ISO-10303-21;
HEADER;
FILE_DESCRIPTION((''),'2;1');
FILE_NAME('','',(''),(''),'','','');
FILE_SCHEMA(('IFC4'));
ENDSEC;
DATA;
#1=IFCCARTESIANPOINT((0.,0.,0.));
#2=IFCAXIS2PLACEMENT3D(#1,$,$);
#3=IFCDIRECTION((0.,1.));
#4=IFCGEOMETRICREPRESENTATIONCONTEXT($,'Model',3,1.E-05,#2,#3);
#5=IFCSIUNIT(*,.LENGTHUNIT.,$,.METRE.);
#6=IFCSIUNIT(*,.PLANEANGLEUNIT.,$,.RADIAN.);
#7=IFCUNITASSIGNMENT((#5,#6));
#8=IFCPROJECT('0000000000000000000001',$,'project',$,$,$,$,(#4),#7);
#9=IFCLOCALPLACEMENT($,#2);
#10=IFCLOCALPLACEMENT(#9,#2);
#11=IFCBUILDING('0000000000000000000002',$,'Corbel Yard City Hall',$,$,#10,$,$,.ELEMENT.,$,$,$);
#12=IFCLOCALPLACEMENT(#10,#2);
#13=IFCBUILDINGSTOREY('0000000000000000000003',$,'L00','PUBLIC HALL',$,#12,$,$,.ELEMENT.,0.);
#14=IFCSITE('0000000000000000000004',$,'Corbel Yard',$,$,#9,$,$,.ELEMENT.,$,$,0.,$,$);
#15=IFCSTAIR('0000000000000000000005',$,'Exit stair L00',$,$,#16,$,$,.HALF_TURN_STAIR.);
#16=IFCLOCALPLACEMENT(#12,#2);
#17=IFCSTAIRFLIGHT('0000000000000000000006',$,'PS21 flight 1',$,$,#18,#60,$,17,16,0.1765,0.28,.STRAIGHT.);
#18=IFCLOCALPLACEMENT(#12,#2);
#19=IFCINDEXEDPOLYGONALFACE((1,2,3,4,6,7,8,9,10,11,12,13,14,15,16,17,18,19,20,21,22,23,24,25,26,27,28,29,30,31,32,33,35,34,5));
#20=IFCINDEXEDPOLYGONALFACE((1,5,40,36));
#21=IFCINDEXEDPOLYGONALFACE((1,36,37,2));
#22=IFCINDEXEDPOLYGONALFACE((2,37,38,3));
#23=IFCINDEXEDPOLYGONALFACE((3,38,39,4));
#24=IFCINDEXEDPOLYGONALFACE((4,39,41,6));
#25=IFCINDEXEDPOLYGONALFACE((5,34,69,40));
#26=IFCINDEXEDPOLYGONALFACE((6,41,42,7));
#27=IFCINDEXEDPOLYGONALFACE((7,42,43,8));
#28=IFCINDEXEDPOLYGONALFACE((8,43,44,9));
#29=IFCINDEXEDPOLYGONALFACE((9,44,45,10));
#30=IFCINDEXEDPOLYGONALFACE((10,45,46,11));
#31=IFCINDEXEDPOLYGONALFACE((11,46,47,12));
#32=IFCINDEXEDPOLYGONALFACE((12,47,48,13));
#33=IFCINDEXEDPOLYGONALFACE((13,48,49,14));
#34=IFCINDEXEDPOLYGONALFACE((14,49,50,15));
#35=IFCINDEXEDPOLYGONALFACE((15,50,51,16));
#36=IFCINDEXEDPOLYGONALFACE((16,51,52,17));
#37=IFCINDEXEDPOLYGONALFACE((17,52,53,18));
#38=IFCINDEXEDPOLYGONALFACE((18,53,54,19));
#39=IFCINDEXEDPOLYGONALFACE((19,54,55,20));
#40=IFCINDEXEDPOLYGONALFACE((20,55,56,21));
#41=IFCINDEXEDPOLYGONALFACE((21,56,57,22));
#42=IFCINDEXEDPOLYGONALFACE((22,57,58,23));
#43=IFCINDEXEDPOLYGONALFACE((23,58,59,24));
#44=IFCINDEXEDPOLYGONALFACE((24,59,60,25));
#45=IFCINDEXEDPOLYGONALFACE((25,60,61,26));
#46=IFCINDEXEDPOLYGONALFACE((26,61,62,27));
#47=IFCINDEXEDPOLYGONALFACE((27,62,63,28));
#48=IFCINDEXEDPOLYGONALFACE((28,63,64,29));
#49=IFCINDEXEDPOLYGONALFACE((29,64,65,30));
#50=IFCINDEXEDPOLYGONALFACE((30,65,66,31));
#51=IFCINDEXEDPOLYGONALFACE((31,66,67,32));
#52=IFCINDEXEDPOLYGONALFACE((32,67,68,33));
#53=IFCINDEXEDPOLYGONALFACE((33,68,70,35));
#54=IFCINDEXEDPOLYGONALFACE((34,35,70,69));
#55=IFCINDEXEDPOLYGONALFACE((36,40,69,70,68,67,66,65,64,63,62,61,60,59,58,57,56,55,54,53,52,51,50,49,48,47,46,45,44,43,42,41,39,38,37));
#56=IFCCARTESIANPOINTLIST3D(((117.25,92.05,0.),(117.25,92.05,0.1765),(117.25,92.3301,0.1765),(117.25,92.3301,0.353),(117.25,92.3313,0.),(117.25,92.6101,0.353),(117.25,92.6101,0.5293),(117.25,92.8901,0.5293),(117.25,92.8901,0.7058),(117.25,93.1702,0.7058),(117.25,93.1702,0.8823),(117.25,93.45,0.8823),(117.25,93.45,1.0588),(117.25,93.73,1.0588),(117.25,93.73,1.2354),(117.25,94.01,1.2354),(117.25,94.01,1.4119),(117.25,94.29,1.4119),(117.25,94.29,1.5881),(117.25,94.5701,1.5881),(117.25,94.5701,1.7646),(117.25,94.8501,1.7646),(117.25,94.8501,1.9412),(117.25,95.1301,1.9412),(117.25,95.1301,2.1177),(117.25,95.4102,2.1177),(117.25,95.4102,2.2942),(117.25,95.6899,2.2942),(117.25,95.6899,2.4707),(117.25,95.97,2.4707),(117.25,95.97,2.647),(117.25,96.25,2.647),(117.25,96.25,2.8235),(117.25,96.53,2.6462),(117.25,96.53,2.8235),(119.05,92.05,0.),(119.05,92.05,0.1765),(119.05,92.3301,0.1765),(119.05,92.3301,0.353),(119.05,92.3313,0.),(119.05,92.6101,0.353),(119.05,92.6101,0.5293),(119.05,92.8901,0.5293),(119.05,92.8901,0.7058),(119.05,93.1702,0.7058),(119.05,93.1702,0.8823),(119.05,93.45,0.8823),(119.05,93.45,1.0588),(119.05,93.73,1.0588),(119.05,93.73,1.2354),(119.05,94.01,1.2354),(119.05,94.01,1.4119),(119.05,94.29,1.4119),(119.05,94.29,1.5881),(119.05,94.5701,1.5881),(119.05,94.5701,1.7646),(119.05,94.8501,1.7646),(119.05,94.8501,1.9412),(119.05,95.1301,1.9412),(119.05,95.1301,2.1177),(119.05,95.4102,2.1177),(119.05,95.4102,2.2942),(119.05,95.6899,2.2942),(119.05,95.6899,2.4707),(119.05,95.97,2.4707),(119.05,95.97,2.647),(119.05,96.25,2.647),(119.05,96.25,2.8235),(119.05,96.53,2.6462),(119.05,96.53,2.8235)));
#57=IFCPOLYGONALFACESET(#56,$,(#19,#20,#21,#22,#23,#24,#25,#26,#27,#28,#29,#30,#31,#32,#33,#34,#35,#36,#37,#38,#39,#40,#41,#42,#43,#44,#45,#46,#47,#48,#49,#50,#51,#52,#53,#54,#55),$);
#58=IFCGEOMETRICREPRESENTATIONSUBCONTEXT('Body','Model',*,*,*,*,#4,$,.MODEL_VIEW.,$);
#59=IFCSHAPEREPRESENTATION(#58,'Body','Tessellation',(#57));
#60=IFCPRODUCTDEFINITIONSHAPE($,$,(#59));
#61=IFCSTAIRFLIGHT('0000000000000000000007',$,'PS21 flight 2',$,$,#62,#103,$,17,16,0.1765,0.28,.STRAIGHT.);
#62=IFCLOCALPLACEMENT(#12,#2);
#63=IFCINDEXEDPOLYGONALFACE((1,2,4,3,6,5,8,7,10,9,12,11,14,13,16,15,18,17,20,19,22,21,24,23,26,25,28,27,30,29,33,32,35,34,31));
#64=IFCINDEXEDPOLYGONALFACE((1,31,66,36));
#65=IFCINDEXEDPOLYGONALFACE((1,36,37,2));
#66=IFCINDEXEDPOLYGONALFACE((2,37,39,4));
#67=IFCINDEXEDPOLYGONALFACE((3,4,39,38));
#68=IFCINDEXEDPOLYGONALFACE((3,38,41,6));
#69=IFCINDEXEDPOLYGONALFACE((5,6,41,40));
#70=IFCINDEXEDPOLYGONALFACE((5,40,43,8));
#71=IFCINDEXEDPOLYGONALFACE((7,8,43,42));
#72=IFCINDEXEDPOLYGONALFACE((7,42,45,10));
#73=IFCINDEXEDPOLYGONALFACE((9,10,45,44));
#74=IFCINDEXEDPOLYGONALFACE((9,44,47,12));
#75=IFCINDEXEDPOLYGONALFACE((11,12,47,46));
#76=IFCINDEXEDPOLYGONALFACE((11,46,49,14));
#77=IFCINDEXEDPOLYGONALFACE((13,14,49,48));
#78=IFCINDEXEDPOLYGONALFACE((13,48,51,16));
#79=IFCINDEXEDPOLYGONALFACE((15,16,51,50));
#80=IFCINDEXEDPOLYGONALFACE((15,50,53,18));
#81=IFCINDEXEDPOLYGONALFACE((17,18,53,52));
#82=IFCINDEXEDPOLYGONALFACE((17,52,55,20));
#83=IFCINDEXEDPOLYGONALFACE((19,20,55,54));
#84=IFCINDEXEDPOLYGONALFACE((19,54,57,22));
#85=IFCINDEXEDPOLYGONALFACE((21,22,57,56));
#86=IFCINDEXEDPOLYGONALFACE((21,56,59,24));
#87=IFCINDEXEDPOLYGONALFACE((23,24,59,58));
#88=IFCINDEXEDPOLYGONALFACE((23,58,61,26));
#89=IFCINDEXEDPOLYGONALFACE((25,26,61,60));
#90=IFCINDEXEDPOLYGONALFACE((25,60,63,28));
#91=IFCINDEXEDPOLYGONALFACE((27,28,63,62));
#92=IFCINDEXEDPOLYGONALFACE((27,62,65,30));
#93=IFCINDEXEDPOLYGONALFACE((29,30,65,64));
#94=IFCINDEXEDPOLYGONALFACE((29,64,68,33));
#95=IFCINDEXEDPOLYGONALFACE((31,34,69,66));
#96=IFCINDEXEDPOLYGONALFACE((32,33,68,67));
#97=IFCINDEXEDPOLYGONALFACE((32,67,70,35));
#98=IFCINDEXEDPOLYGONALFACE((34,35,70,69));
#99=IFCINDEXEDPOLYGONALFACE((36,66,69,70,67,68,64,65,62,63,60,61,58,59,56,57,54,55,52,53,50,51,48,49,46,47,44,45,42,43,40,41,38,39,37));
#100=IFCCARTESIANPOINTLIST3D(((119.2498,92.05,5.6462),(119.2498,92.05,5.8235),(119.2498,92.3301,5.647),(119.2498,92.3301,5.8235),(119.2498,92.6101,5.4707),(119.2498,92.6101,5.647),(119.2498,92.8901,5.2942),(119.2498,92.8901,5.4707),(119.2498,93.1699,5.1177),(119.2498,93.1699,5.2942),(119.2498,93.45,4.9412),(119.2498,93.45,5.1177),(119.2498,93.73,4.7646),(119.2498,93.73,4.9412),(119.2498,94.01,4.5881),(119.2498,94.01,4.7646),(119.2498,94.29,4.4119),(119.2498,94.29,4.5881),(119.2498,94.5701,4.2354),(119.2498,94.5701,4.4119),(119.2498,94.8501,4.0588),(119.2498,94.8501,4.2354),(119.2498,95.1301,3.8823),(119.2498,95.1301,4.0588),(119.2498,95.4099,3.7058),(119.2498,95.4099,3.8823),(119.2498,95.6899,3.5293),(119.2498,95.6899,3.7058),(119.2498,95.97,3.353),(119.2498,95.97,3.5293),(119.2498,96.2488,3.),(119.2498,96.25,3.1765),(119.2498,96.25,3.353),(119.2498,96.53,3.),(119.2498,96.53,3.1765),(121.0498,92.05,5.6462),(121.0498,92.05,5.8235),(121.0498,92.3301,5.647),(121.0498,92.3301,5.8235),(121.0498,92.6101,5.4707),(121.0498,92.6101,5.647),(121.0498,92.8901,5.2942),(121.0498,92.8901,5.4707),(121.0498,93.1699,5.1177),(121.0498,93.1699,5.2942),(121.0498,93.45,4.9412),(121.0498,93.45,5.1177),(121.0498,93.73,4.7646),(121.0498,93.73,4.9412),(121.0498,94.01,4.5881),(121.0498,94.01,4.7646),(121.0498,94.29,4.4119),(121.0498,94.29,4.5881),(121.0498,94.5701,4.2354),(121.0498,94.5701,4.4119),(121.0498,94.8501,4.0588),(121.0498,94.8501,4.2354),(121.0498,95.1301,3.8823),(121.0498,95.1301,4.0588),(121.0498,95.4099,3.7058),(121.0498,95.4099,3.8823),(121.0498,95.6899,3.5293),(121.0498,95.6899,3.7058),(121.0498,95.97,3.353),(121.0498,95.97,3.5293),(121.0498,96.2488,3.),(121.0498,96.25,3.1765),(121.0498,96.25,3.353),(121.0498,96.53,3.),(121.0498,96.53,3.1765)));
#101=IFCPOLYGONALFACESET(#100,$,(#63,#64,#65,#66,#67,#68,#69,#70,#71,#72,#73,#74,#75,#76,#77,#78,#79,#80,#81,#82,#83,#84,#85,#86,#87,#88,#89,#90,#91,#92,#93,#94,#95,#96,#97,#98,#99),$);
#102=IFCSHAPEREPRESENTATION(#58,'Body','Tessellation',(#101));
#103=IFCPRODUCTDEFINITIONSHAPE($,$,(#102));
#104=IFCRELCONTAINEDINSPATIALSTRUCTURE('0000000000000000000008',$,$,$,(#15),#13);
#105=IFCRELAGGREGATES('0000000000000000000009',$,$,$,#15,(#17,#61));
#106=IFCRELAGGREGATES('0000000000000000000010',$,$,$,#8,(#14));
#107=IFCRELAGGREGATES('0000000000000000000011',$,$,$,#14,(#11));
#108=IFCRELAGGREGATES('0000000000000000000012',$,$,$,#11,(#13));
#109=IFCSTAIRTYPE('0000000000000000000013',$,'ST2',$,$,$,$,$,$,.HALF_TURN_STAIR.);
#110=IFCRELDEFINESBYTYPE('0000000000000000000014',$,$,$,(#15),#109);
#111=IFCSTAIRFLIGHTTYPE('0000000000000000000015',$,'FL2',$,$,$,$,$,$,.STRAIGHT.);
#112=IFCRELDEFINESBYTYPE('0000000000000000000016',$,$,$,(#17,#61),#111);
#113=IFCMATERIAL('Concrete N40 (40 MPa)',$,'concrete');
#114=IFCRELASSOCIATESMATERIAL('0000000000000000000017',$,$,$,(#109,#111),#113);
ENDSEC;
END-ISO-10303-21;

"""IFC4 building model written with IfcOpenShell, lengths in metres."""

from ifc_helpers import new_model, si_unit, direction, frame, origin, place, context, subcontext, project, spatial, polyline, outline, extrude, material, type_object, element, aggregate, save


model = new_model("IFC4")

# Units and contexts
model_context = context("Model", 3, precision=1e-05, world=origin(), true_north=direction((0.0, 1.0)))
body_context = subcontext(model_context, "Body", "Model", "MODEL_VIEW")
ifc_project = project(units=[si_unit("LENGTHUNIT", "METRE"), si_unit("PLANEANGLEUNIT", "RADIAN")], contexts=[model_context])

# Site, building, storey
site_placement = place(None, origin())
site = spatial("IfcSite", under=ifc_project, at=site_placement, Name="Corbel Yard", CompositionType="ELEMENT", RefElevation=0.0)
building_placement = place(site_placement, origin())
building = spatial("IfcBuilding", under=site, at=building_placement, Name="Corbel Yard City Hall", CompositionType="ELEMENT")
storey_placement = place(building_placement, origin())
storey = spatial("IfcBuildingStorey", under=building, at=storey_placement, Name="L00", Description="PUBLIC HALL", CompositionType="ELEMENT", Elevation=0.0)

# Shared definitions
ifc_material_1 = material(Name="Concrete N40 (40 MPa)", Category="concrete")

# Stair, stair flights
stair_type = type_object("IfcStairType", Name="ST2", PredefinedType="HALF_TURN_STAIR", material=ifc_material_1)
stair_placement = place(storey_placement, origin())
stair = element("IfcStair", 1, at=stair_placement, inside=storey, type_object=stair_type, Name="Exit stair L00", PredefinedType="HALF_TURN_STAIR")
stair_flight_type = type_object("IfcStairFlightType", Name="FL2", PredefinedType="STRAIGHT", material=ifc_material_1)
stair_flight_1_placement = place(storey_placement, frame((118.1499, 92.05, 0.0), z_axis=(0.0, 0.0, 1.0), x_axis=(0.0, 1.0, 0.0)))
stair_flight_1 = element("IfcStairFlight", 2, at=stair_flight_1_placement, type_object=stair_flight_type, Name="PS21 flight 1", NumberOfRisers=17, NumberOfTreads=16, PredefinedType="STRAIGHT", RiserHeight=0.1765, TreadLength=0.28, context=body_context, shape_type="SweptSolid", body=[
    extrude(outline(polyline([(0.0, 0.0), (0.0, 0.1765), (0.28, 0.1765), (0.28, 0.353), (0.5601, 0.353), (0.5601, 0.5293), (0.8401, 0.5293), (0.8401, 0.7058), (1.1201, 0.7058), (1.1201, 0.8823), (1.3999, 0.8823), (1.3999, 1.0588), (1.6799, 1.0588), (1.6799, 1.2354), (1.96, 1.2354), (1.96, 1.4119), (2.24, 1.4119), (2.24, 1.5881), (2.52, 1.5881), (2.52, 1.7646), (2.8, 1.7646), (2.8, 1.9412), (3.0801, 1.9412), (3.0801, 2.1177), (3.3601, 2.1177), (3.3601, 2.2942), (3.6399, 2.2942), (3.6399, 2.4707), (3.9199, 2.4707), (3.9199, 2.647), (4.2, 2.647), (4.2, 2.8235), (4.48, 2.8235), (4.48, 3.0), (4.48, 2.6462), (0.2812, 0.0), (0.0, 0.0)])), frame((0.0, 0.8999, 0.0), z_axis=(0.0, -1.0, 0.0), x_axis=(1.0, 0.0, 0.0)), (0.0, 0.0, 1.0), 1.8),
])
stair_flight_2_placement = place(storey_placement, frame((120.1499, 96.53, 3.0), z_axis=(0.0, 0.0, 1.0), x_axis=(0.0, -1.0, 0.0)))
stair_flight_2 = element("IfcStairFlight", 3, at=stair_flight_2_placement, type_object=stair_flight_type, Name="PS21 flight 2", NumberOfRisers=17, NumberOfTreads=16, PredefinedType="STRAIGHT", RiserHeight=0.1765, TreadLength=0.28, context=body_context, shape_type="SweptSolid", body=[
    extrude(outline(polyline([(0.0, 0.0), (0.0, 0.1765), (0.28, 0.1765), (0.28, 0.353), (0.5601, 0.353), (0.5601, 0.5293), (0.8401, 0.5293), (0.8401, 0.7058), (1.1201, 0.7058), (1.1201, 0.8823), (1.3999, 0.8823), (1.3999, 1.0588), (1.6799, 1.0588), (1.6799, 1.2354), (1.96, 1.2354), (1.96, 1.4119), (2.24, 1.4119), (2.24, 1.5881), (2.52, 1.5881), (2.52, 1.7646), (2.8, 1.7646), (2.8, 1.9412), (3.0801, 1.9412), (3.0801, 2.1177), (3.3601, 2.1177), (3.3601, 2.2942), (3.6399, 2.2942), (3.6399, 2.4707), (3.9199, 2.4707), (3.9199, 2.647), (4.2, 2.647), (4.2, 2.8235), (4.48, 2.8235), (4.48, 3.0), (4.48, 2.6462), (0.2812, 0.0), (0.0, 0.0)])), frame((0.0, 0.8999, 0.0), z_axis=(0.0, -1.0, 0.0), x_axis=(1.0, 0.0, 0.0)), (0.0, 0.0, 1.0), 1.8),
])
aggregate(stair, [stair_flight_1, stair_flight_2])

save(model, "model.ifc")
